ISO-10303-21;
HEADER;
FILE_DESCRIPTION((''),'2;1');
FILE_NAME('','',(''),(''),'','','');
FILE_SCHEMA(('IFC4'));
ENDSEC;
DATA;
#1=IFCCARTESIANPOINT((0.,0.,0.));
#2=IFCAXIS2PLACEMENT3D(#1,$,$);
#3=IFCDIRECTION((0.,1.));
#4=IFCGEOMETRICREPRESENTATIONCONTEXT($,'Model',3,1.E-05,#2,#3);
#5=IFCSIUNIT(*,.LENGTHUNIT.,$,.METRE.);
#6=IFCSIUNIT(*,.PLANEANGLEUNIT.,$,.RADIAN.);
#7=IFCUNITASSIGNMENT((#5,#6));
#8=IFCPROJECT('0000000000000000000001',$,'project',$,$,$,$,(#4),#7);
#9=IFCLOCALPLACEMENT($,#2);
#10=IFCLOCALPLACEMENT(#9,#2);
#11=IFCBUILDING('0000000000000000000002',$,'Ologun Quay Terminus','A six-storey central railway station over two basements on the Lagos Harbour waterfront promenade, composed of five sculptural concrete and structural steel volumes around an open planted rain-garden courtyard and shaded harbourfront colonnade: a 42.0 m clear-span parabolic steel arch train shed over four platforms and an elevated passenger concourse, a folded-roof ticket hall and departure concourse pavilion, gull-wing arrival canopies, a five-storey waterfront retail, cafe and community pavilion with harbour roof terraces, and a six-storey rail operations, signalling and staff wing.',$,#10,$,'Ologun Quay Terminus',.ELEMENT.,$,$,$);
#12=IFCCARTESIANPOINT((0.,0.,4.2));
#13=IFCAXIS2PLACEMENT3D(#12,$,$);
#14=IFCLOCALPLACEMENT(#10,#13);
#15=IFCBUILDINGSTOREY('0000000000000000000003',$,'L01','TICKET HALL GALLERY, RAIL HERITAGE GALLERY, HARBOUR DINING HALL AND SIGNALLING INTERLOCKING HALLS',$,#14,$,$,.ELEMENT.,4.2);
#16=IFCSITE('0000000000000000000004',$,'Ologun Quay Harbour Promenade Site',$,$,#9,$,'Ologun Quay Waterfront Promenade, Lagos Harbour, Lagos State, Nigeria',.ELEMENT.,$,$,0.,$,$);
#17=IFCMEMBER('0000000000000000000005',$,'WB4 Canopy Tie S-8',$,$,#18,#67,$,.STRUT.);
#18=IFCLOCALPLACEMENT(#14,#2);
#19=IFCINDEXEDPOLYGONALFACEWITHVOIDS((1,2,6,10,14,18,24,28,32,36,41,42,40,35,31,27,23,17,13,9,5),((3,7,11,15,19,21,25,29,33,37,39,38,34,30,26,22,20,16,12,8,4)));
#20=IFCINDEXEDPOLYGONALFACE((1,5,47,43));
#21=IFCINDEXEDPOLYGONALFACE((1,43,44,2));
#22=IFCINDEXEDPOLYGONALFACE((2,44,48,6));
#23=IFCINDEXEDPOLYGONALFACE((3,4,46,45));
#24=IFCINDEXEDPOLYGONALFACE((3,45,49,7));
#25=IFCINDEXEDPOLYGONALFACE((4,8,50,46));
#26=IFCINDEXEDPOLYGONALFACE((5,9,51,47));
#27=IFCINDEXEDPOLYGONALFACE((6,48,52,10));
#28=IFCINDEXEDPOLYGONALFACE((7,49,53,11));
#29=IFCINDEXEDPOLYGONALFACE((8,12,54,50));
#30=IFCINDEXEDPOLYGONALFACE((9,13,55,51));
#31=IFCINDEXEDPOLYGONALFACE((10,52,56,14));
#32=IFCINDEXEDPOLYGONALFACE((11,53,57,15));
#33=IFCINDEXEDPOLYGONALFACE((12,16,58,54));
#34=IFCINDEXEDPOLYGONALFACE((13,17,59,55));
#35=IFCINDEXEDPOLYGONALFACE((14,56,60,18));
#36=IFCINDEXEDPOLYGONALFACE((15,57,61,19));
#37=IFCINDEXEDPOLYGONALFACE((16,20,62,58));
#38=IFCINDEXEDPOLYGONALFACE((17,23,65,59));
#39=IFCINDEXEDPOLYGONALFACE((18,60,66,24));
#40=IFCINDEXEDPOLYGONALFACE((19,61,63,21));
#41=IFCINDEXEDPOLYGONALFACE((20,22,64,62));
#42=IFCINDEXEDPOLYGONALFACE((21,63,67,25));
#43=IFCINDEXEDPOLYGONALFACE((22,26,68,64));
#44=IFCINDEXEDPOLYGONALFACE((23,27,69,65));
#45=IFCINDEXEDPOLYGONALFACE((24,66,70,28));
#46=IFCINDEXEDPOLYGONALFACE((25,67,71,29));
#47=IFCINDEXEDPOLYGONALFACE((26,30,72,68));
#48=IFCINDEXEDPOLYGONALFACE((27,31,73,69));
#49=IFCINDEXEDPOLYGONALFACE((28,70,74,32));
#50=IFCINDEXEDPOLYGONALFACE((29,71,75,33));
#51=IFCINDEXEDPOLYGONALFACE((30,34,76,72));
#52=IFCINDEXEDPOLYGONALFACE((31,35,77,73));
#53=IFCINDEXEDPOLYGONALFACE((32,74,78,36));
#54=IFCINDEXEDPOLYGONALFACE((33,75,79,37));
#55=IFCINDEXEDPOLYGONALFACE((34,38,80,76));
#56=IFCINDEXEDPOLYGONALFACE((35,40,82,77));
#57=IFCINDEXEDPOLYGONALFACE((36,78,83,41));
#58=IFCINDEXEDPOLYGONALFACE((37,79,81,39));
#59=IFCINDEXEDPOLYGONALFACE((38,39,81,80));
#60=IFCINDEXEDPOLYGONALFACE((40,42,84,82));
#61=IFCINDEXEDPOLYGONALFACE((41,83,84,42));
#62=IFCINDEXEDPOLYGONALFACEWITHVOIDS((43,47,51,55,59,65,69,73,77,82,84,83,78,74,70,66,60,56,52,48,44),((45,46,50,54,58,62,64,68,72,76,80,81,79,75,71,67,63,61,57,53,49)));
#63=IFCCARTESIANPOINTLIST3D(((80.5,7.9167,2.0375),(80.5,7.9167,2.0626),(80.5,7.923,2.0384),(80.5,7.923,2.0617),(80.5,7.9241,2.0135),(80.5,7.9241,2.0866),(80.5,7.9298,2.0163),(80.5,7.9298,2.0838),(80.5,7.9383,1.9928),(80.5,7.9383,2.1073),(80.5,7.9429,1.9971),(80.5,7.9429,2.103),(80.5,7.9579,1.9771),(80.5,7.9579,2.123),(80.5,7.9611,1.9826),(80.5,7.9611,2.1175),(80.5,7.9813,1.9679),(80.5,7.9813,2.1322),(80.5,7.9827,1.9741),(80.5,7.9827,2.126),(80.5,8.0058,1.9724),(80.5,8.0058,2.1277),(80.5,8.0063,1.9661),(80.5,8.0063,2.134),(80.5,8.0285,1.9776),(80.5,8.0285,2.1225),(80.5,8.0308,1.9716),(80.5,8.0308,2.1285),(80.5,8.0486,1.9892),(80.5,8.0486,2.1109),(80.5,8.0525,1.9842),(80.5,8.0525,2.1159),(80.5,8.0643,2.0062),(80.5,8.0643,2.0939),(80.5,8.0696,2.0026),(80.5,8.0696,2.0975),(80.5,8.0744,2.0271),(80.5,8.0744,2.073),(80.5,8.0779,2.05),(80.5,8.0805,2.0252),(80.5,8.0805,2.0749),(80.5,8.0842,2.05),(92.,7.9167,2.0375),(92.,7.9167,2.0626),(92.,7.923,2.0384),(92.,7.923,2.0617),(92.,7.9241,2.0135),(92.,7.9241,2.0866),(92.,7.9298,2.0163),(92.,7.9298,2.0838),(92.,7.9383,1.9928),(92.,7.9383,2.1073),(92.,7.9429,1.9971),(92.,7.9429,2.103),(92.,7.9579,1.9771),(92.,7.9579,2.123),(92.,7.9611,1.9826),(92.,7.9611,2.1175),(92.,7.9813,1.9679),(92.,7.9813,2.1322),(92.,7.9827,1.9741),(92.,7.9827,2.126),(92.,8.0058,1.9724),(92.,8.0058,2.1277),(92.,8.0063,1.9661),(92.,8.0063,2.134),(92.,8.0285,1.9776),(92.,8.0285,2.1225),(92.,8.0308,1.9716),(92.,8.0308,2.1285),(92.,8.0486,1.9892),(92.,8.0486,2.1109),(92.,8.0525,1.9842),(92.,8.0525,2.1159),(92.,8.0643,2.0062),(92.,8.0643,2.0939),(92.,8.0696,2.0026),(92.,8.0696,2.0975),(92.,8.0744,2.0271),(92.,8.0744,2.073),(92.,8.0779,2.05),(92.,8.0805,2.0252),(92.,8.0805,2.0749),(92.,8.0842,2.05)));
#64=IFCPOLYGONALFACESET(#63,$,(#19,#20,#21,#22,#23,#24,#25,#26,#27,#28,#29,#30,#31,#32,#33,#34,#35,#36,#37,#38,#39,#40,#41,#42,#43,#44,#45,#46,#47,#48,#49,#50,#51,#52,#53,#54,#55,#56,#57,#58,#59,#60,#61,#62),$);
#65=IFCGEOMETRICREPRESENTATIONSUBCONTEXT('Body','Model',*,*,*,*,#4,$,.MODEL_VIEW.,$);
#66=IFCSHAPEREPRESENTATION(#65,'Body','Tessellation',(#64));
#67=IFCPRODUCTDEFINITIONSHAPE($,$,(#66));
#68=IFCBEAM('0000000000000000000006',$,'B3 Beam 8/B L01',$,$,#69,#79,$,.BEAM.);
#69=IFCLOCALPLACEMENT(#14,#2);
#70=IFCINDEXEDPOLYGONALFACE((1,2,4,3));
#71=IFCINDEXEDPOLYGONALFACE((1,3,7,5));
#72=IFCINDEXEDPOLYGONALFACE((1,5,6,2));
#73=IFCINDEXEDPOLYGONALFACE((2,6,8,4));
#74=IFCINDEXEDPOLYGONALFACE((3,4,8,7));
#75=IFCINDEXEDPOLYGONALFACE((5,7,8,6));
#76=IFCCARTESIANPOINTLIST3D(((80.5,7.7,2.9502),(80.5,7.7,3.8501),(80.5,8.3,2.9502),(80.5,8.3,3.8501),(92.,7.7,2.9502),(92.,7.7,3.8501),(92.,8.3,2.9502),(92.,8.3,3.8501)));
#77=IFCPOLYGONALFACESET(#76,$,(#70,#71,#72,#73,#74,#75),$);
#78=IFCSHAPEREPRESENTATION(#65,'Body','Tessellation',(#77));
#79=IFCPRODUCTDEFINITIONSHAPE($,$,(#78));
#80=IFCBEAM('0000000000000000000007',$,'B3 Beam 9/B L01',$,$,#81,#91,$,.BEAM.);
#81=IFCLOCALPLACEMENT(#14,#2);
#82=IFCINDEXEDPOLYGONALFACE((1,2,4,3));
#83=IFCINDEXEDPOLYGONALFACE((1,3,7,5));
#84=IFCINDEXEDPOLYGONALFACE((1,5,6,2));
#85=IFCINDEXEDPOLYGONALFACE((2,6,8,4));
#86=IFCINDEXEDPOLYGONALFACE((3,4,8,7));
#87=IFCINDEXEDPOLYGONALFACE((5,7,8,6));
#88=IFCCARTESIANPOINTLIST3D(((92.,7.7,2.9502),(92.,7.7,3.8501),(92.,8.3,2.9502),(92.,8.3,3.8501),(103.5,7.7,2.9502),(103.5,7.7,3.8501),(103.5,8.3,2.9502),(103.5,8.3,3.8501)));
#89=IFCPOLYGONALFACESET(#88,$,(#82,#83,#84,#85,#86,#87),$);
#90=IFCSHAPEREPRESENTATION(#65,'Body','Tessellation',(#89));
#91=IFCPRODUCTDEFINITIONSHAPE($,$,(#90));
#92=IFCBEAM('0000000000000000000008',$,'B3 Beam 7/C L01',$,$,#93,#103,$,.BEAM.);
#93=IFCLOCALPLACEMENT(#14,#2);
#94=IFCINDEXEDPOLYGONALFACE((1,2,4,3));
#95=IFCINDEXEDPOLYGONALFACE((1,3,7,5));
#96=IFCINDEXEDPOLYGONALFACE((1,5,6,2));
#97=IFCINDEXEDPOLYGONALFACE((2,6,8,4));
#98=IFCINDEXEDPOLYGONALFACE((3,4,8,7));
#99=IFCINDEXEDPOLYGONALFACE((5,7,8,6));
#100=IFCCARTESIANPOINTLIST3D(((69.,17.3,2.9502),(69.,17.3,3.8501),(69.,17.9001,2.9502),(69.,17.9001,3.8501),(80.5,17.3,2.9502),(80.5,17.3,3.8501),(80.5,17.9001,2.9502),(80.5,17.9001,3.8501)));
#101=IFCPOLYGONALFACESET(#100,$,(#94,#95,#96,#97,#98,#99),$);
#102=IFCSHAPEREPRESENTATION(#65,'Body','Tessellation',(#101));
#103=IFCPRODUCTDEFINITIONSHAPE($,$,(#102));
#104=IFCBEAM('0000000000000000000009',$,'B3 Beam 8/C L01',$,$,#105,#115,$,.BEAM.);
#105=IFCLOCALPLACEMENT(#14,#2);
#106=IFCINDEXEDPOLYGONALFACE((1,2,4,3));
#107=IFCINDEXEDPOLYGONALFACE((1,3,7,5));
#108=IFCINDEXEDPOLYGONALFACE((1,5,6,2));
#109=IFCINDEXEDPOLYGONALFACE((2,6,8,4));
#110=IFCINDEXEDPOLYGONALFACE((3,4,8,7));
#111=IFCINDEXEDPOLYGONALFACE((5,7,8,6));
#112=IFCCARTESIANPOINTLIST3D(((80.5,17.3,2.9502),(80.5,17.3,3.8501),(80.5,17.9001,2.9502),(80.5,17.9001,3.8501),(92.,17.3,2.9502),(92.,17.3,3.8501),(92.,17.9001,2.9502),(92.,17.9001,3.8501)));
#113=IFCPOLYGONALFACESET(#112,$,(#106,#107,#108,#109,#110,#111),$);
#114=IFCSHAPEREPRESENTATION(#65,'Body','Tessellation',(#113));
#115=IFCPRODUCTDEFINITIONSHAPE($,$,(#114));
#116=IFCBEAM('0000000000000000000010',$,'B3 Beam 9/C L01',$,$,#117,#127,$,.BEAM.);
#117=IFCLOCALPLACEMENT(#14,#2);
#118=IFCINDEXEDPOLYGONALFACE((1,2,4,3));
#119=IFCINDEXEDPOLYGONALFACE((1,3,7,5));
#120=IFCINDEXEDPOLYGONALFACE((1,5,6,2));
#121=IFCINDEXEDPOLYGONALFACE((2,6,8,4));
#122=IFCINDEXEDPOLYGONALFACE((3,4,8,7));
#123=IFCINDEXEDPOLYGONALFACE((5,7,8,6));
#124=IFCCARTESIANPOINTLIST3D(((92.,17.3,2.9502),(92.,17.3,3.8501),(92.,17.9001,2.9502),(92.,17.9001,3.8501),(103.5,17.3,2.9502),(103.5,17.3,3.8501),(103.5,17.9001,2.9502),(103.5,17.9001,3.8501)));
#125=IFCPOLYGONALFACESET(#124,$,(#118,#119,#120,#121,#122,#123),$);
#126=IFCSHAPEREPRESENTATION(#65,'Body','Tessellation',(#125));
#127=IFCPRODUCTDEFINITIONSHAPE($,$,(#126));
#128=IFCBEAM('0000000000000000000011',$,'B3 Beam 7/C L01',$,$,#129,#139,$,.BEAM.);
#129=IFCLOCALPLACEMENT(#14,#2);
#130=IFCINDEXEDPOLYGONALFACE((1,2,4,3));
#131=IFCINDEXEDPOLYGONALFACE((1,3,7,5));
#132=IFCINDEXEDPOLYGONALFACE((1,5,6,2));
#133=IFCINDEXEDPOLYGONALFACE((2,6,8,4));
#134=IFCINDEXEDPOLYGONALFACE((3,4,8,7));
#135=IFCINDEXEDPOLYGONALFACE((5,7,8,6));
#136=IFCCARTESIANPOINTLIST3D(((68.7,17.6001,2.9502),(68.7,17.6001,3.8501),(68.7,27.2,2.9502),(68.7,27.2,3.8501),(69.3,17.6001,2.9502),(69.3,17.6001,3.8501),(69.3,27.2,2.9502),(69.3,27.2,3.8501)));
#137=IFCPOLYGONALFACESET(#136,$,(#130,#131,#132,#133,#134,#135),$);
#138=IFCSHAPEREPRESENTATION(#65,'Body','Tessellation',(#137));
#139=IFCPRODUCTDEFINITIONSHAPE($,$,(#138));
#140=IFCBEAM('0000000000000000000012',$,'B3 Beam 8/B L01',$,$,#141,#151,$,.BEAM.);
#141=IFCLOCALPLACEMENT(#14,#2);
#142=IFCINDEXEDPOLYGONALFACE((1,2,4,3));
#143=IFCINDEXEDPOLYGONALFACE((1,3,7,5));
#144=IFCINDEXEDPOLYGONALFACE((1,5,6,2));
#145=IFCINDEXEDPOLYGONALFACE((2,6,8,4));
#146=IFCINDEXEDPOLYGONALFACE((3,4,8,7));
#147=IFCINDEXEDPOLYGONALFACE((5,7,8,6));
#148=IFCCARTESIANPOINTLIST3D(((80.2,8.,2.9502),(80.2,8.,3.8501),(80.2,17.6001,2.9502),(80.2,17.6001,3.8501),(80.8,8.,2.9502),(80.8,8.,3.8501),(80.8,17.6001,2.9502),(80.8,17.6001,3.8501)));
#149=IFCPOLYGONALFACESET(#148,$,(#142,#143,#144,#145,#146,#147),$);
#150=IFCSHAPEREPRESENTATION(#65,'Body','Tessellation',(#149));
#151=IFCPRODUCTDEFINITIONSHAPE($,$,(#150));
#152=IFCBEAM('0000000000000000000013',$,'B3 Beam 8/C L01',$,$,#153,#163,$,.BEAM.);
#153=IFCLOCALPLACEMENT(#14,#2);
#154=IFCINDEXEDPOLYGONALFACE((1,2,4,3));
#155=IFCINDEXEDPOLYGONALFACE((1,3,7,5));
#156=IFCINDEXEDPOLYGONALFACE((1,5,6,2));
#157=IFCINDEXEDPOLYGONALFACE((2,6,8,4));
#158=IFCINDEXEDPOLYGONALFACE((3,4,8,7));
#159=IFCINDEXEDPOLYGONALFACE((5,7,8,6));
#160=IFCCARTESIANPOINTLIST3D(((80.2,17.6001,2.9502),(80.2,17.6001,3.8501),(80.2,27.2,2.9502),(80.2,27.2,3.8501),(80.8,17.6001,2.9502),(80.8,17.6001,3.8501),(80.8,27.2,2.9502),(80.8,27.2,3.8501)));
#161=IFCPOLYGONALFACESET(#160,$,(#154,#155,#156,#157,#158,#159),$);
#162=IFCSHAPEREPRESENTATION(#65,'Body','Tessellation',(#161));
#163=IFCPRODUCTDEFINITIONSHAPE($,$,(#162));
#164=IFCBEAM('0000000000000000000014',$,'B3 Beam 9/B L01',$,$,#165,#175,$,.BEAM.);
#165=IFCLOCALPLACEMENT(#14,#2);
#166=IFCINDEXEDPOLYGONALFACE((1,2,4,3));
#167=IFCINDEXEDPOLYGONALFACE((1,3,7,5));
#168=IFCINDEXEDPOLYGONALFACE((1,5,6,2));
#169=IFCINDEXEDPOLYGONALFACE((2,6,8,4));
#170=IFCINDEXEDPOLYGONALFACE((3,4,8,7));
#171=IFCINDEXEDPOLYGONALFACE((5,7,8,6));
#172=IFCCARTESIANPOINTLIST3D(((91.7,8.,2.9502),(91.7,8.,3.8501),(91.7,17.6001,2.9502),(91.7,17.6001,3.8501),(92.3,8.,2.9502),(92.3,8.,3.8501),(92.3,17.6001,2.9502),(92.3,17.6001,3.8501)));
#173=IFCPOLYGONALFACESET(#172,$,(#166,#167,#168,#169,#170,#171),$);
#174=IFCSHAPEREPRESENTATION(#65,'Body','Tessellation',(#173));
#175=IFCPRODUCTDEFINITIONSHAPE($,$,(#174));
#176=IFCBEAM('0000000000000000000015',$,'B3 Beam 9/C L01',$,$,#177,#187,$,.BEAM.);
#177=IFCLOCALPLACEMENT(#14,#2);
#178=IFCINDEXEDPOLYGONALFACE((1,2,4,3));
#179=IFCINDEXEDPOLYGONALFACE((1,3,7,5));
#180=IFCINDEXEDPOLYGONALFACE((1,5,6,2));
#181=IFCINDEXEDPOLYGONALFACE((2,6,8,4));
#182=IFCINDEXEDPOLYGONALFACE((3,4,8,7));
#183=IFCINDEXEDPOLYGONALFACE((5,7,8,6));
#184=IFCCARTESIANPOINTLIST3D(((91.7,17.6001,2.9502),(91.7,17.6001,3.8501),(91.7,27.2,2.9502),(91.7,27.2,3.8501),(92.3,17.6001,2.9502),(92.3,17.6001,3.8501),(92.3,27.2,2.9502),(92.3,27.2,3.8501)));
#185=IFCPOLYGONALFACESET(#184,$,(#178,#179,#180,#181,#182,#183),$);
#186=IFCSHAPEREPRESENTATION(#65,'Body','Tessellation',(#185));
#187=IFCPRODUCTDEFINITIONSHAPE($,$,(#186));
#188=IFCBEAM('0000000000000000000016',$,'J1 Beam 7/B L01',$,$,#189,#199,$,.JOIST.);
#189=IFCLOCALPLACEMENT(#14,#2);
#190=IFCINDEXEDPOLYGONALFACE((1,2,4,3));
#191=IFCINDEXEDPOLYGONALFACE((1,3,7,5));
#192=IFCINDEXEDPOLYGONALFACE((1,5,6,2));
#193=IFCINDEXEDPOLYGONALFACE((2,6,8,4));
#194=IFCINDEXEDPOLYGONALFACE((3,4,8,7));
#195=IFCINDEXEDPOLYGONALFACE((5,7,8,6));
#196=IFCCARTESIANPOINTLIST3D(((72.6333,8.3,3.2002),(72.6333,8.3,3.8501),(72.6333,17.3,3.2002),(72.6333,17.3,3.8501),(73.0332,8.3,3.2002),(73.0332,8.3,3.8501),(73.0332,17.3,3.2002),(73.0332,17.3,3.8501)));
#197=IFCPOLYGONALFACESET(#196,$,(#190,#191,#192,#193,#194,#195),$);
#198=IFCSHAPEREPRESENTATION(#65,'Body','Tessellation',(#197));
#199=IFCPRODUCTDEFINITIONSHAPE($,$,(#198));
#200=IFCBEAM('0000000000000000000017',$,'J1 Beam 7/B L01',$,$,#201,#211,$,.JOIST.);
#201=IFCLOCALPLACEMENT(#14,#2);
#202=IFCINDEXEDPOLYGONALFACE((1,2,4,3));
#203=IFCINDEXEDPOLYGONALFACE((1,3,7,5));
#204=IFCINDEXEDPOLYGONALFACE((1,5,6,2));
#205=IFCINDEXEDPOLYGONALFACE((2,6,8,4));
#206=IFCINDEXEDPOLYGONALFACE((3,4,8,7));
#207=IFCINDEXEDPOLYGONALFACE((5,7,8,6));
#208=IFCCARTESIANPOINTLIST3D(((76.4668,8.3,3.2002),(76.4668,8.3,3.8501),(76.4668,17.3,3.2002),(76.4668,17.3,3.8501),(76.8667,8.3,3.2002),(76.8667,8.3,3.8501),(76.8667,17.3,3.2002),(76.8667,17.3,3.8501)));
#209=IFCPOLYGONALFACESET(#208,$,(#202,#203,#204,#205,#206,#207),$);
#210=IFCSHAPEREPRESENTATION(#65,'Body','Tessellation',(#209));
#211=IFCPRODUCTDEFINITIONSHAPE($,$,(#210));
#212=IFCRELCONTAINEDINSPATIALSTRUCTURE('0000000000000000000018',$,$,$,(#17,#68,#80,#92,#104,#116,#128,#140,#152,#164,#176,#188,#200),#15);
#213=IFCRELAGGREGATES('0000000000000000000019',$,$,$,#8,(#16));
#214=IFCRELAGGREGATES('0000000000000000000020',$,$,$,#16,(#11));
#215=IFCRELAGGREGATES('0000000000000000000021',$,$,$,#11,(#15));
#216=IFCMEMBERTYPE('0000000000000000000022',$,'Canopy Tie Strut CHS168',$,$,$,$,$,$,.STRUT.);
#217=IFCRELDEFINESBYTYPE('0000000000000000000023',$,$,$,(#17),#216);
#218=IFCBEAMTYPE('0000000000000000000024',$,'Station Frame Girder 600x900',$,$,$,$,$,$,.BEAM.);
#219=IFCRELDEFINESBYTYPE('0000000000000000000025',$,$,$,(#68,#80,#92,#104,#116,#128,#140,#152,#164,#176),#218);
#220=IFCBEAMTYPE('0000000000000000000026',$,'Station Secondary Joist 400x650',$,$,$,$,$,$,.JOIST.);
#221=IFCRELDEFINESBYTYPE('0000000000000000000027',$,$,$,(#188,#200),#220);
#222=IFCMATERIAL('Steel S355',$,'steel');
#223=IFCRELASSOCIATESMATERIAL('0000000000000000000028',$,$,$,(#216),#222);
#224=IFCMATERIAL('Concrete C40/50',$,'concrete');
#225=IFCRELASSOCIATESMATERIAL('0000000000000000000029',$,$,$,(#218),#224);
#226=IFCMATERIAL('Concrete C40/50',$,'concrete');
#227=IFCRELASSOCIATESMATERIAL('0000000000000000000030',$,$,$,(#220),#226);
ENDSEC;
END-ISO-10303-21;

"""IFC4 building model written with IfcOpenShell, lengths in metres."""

from ifc_helpers import new_model, si_unit, direction, frame, origin, origin_2d, place, context, subcontext, project, spatial, rectangle, hollow_circle, extrude, material, material_profile, profile_set, type_object, element, save


model = new_model("IFC4")

# Units and contexts
model_context = context("Model", 3, precision=1e-05, world=origin(), true_north=direction((0.0, 1.0)))
body_context = subcontext(model_context, "Body", "Model", "MODEL_VIEW")
ifc_project = project(units=[si_unit("LENGTHUNIT", "METRE"), si_unit("PLANEANGLEUNIT", "RADIAN")], contexts=[model_context])

# Site, building, storey
site_placement = place(None, origin())
site = spatial("IfcSite", under=ifc_project, at=site_placement, Name="Ologun Quay Harbour Promenade Site", LongName="Ologun Quay Waterfront Promenade, Lagos Harbour, Lagos State, Nigeria", CompositionType="ELEMENT", RefElevation=0.0)
building_placement = place(site_placement, origin())
building = spatial("IfcBuilding", under=site, at=building_placement, Name="Ologun Quay Terminus", Description="A six-storey central railway station over two basements on the Lagos Harbour waterfront promenade, composed of five sculptural concrete and structural steel volumes around an open planted rain-garden courtyard and shaded harbourfront colonnade: a 42.0 m clear-span parabolic steel arch train shed over four platforms and an elevated passenger concourse, a folded-roof ticket hall and departure concourse pavilion, gull-wing arrival canopies, a five-storey waterfront retail, cafe and community pavilion with harbour roof terraces, and a six-storey rail operations, signalling and staff wing.", LongName="Ologun Quay Terminus", CompositionType="ELEMENT")
storey_placement = place(building_placement, frame((0.0, 0.0, 4.2)))
storey = spatial("IfcBuildingStorey", under=building, at=storey_placement, Name="L01", Description="TICKET HALL GALLERY, RAIL HERITAGE GALLERY, HARBOUR DINING HALL AND SIGNALLING INTERLOCKING HALLS", CompositionType="ELEMENT", Elevation=4.2)

# Member
ifc_material_1 = material(Name="Steel S355", Category="steel")
ifc_material_profile_1 = material_profile(ifc_material_1, hollow_circle(Radius=0.0842, WallThickness=0.0063, at=origin_2d()), Name="CHS 168.3x6.3")
ifc_profile_set_1 = profile_set([ifc_material_profile_1], Name="Steel S355")
member_type = type_object("IfcMemberType", Name="Canopy Tie Strut CHS168", PredefinedType="STRUT", material=ifc_profile_set_1)
member_placement = place(storey_placement, frame((80.5, 8.0, 2.05), z_axis=(1.0, 0.0, 0.0), x_axis=(0.0, 1.0, 0.0)))
element("IfcMember", 1, at=member_placement, inside=storey, type_object=member_type, Name="WB4 Canopy Tie S-8", PredefinedType="STRUT", context=body_context, shape_type="SweptSolid", body=[
    extrude(hollow_circle(Radius=0.0842, WallThickness=0.0063, at=origin_2d()), origin(), (0.0, 0.0, 1.0), 11.5),
])

# Beams
ifc_material_2 = material(Name="Concrete C40/50", Category="concrete")
ifc_material_profile_2 = material_profile(ifc_material_2, rectangle(XDim=0.6001, YDim=0.8999, at=origin_2d()), Name="RC 600x900")
ifc_profile_set_2 = profile_set([ifc_material_profile_2], Name="Concrete C40/50")
beam_type_1 = type_object("IfcBeamType", Name="Station Frame Girder 600x900", PredefinedType="BEAM", material=ifc_profile_set_2)
for number, where, z_axis, x_axis, name in (
    (2, (80.5, 8.0, 3.4001), (1.0, 0.0, 0.0), (0.0, 1.0, 0.0), "B3 Beam 8/B L01"),
    (3, (92.0, 8.0, 3.4001), (1.0, 0.0, 0.0), (0.0, 1.0, 0.0), "B3 Beam 9/B L01"),
    (4, (69.0, 17.6001, 3.4001), (1.0, 0.0, 0.0), (0.0, 1.0, 0.0), "B3 Beam 7/C L01"),
    (5, (80.5, 17.6001, 3.4001), (1.0, 0.0, 0.0), (0.0, 1.0, 0.0), "B3 Beam 8/C L01"),
    (6, (92.0, 17.6001, 3.4001), (1.0, 0.0, 0.0), (0.0, 1.0, 0.0), "B3 Beam 9/C L01"),
):
    element("IfcBeam", number, at=place(storey_placement, frame(where, z_axis=z_axis, x_axis=x_axis)), inside=storey, type_object=beam_type_1, Name=name, PredefinedType="BEAM", context=body_context, shape_type="SweptSolid", body=[
        extrude(rectangle(XDim=0.6001, YDim=0.8999, at=origin_2d()), origin(), (0.0, 0.0, 1.0), 11.5),
    ])
beam_1_placement = place(storey_placement, frame((69.0, 17.6001, 3.4001), z_axis=(0.0, 1.0, 0.0), x_axis=(-1.0, 0.0, 0.0)))
element("IfcBeam", 7, at=beam_1_placement, inside=storey, type_object=beam_type_1, Name="B3 Beam 7/C L01", PredefinedType="BEAM", context=body_context, shape_type="SweptSolid", body=[
    extrude(rectangle(XDim=0.6001, YDim=0.8999, at=origin_2d()), origin(), (0.0, 0.0, 1.0), 9.5999),
])
beam_2_placement = place(storey_placement, frame((80.5, 8.0, 3.4001), z_axis=(0.0, 1.0, 0.0), x_axis=(-1.0, 0.0, 0.0)))
element("IfcBeam", 8, at=beam_2_placement, inside=storey, type_object=beam_type_1, Name="B3 Beam 8/B L01", PredefinedType="BEAM", context=body_context, shape_type="SweptSolid", body=[
    extrude(rectangle(XDim=0.6001, YDim=0.8999, at=origin_2d()), origin(), (0.0, 0.0, 1.0), 9.6001),
])
beam_3_placement = place(storey_placement, frame((80.5, 17.6001, 3.4001), z_axis=(0.0, 1.0, 0.0), x_axis=(-1.0, 0.0, 0.0)))
element("IfcBeam", 9, at=beam_3_placement, inside=storey, type_object=beam_type_1, Name="B3 Beam 8/C L01", PredefinedType="BEAM", context=body_context, shape_type="SweptSolid", body=[
    extrude(rectangle(XDim=0.6001, YDim=0.8999, at=origin_2d()), origin(), (0.0, 0.0, 1.0), 9.5999),
])
beam_4_placement = place(storey_placement, frame((92.0, 8.0, 3.4001), z_axis=(0.0, 1.0, 0.0), x_axis=(-1.0, 0.0, 0.0)))
element("IfcBeam", 10, at=beam_4_placement, inside=storey, type_object=beam_type_1, Name="B3 Beam 9/B L01", PredefinedType="BEAM", context=body_context, shape_type="SweptSolid", body=[
    extrude(rectangle(XDim=0.6001, YDim=0.8999, at=origin_2d()), origin(), (0.0, 0.0, 1.0), 9.6001),
])
beam_5_placement = place(storey_placement, frame((92.0, 17.6001, 3.4001), z_axis=(0.0, 1.0, 0.0), x_axis=(-1.0, 0.0, 0.0)))
element("IfcBeam", 11, at=beam_5_placement, inside=storey, type_object=beam_type_1, Name="B3 Beam 9/C L01", PredefinedType="BEAM", context=body_context, shape_type="SweptSolid", body=[
    extrude(rectangle(XDim=0.6001, YDim=0.8999, at=origin_2d()), origin(), (0.0, 0.0, 1.0), 9.5999),
])
ifc_material_3 = material(Name="Concrete C40/50", Category="concrete")
ifc_material_profile_3 = material_profile(ifc_material_3, rectangle(XDim=0.3999, YDim=0.6499, at=origin_2d()), Name="RC 400x650")
ifc_profile_set_3 = profile_set([ifc_material_profile_3], Name="Concrete C40/50")
beam_type_2 = type_object("IfcBeamType", Name="Station Secondary Joist 400x650", PredefinedType="JOIST", material=ifc_profile_set_3)
for number, where, z_axis, x_axis, name in (
    (12, (72.8333, 8.3, 3.5251), (0.0, 1.0, 0.0), (-1.0, 0.0, 0.0), "J1 Beam 7/B L01"),
    (13, (76.6667, 8.3, 3.5251), (0.0, 1.0, 0.0), (-1.0, 0.0, 0.0), "J1 Beam 7/B L01"),
):
    element("IfcBeam", number, at=place(storey_placement, frame(where, z_axis=z_axis, x_axis=x_axis)), inside=storey, type_object=beam_type_2, Name=name, PredefinedType="JOIST", context=body_context, shape_type="SweptSolid", body=[
        extrude(rectangle(XDim=0.3999, YDim=0.6499, at=origin_2d()), origin(), (0.0, 0.0, 1.0), 9.0),
    ])

save(model, "model.ifc")
